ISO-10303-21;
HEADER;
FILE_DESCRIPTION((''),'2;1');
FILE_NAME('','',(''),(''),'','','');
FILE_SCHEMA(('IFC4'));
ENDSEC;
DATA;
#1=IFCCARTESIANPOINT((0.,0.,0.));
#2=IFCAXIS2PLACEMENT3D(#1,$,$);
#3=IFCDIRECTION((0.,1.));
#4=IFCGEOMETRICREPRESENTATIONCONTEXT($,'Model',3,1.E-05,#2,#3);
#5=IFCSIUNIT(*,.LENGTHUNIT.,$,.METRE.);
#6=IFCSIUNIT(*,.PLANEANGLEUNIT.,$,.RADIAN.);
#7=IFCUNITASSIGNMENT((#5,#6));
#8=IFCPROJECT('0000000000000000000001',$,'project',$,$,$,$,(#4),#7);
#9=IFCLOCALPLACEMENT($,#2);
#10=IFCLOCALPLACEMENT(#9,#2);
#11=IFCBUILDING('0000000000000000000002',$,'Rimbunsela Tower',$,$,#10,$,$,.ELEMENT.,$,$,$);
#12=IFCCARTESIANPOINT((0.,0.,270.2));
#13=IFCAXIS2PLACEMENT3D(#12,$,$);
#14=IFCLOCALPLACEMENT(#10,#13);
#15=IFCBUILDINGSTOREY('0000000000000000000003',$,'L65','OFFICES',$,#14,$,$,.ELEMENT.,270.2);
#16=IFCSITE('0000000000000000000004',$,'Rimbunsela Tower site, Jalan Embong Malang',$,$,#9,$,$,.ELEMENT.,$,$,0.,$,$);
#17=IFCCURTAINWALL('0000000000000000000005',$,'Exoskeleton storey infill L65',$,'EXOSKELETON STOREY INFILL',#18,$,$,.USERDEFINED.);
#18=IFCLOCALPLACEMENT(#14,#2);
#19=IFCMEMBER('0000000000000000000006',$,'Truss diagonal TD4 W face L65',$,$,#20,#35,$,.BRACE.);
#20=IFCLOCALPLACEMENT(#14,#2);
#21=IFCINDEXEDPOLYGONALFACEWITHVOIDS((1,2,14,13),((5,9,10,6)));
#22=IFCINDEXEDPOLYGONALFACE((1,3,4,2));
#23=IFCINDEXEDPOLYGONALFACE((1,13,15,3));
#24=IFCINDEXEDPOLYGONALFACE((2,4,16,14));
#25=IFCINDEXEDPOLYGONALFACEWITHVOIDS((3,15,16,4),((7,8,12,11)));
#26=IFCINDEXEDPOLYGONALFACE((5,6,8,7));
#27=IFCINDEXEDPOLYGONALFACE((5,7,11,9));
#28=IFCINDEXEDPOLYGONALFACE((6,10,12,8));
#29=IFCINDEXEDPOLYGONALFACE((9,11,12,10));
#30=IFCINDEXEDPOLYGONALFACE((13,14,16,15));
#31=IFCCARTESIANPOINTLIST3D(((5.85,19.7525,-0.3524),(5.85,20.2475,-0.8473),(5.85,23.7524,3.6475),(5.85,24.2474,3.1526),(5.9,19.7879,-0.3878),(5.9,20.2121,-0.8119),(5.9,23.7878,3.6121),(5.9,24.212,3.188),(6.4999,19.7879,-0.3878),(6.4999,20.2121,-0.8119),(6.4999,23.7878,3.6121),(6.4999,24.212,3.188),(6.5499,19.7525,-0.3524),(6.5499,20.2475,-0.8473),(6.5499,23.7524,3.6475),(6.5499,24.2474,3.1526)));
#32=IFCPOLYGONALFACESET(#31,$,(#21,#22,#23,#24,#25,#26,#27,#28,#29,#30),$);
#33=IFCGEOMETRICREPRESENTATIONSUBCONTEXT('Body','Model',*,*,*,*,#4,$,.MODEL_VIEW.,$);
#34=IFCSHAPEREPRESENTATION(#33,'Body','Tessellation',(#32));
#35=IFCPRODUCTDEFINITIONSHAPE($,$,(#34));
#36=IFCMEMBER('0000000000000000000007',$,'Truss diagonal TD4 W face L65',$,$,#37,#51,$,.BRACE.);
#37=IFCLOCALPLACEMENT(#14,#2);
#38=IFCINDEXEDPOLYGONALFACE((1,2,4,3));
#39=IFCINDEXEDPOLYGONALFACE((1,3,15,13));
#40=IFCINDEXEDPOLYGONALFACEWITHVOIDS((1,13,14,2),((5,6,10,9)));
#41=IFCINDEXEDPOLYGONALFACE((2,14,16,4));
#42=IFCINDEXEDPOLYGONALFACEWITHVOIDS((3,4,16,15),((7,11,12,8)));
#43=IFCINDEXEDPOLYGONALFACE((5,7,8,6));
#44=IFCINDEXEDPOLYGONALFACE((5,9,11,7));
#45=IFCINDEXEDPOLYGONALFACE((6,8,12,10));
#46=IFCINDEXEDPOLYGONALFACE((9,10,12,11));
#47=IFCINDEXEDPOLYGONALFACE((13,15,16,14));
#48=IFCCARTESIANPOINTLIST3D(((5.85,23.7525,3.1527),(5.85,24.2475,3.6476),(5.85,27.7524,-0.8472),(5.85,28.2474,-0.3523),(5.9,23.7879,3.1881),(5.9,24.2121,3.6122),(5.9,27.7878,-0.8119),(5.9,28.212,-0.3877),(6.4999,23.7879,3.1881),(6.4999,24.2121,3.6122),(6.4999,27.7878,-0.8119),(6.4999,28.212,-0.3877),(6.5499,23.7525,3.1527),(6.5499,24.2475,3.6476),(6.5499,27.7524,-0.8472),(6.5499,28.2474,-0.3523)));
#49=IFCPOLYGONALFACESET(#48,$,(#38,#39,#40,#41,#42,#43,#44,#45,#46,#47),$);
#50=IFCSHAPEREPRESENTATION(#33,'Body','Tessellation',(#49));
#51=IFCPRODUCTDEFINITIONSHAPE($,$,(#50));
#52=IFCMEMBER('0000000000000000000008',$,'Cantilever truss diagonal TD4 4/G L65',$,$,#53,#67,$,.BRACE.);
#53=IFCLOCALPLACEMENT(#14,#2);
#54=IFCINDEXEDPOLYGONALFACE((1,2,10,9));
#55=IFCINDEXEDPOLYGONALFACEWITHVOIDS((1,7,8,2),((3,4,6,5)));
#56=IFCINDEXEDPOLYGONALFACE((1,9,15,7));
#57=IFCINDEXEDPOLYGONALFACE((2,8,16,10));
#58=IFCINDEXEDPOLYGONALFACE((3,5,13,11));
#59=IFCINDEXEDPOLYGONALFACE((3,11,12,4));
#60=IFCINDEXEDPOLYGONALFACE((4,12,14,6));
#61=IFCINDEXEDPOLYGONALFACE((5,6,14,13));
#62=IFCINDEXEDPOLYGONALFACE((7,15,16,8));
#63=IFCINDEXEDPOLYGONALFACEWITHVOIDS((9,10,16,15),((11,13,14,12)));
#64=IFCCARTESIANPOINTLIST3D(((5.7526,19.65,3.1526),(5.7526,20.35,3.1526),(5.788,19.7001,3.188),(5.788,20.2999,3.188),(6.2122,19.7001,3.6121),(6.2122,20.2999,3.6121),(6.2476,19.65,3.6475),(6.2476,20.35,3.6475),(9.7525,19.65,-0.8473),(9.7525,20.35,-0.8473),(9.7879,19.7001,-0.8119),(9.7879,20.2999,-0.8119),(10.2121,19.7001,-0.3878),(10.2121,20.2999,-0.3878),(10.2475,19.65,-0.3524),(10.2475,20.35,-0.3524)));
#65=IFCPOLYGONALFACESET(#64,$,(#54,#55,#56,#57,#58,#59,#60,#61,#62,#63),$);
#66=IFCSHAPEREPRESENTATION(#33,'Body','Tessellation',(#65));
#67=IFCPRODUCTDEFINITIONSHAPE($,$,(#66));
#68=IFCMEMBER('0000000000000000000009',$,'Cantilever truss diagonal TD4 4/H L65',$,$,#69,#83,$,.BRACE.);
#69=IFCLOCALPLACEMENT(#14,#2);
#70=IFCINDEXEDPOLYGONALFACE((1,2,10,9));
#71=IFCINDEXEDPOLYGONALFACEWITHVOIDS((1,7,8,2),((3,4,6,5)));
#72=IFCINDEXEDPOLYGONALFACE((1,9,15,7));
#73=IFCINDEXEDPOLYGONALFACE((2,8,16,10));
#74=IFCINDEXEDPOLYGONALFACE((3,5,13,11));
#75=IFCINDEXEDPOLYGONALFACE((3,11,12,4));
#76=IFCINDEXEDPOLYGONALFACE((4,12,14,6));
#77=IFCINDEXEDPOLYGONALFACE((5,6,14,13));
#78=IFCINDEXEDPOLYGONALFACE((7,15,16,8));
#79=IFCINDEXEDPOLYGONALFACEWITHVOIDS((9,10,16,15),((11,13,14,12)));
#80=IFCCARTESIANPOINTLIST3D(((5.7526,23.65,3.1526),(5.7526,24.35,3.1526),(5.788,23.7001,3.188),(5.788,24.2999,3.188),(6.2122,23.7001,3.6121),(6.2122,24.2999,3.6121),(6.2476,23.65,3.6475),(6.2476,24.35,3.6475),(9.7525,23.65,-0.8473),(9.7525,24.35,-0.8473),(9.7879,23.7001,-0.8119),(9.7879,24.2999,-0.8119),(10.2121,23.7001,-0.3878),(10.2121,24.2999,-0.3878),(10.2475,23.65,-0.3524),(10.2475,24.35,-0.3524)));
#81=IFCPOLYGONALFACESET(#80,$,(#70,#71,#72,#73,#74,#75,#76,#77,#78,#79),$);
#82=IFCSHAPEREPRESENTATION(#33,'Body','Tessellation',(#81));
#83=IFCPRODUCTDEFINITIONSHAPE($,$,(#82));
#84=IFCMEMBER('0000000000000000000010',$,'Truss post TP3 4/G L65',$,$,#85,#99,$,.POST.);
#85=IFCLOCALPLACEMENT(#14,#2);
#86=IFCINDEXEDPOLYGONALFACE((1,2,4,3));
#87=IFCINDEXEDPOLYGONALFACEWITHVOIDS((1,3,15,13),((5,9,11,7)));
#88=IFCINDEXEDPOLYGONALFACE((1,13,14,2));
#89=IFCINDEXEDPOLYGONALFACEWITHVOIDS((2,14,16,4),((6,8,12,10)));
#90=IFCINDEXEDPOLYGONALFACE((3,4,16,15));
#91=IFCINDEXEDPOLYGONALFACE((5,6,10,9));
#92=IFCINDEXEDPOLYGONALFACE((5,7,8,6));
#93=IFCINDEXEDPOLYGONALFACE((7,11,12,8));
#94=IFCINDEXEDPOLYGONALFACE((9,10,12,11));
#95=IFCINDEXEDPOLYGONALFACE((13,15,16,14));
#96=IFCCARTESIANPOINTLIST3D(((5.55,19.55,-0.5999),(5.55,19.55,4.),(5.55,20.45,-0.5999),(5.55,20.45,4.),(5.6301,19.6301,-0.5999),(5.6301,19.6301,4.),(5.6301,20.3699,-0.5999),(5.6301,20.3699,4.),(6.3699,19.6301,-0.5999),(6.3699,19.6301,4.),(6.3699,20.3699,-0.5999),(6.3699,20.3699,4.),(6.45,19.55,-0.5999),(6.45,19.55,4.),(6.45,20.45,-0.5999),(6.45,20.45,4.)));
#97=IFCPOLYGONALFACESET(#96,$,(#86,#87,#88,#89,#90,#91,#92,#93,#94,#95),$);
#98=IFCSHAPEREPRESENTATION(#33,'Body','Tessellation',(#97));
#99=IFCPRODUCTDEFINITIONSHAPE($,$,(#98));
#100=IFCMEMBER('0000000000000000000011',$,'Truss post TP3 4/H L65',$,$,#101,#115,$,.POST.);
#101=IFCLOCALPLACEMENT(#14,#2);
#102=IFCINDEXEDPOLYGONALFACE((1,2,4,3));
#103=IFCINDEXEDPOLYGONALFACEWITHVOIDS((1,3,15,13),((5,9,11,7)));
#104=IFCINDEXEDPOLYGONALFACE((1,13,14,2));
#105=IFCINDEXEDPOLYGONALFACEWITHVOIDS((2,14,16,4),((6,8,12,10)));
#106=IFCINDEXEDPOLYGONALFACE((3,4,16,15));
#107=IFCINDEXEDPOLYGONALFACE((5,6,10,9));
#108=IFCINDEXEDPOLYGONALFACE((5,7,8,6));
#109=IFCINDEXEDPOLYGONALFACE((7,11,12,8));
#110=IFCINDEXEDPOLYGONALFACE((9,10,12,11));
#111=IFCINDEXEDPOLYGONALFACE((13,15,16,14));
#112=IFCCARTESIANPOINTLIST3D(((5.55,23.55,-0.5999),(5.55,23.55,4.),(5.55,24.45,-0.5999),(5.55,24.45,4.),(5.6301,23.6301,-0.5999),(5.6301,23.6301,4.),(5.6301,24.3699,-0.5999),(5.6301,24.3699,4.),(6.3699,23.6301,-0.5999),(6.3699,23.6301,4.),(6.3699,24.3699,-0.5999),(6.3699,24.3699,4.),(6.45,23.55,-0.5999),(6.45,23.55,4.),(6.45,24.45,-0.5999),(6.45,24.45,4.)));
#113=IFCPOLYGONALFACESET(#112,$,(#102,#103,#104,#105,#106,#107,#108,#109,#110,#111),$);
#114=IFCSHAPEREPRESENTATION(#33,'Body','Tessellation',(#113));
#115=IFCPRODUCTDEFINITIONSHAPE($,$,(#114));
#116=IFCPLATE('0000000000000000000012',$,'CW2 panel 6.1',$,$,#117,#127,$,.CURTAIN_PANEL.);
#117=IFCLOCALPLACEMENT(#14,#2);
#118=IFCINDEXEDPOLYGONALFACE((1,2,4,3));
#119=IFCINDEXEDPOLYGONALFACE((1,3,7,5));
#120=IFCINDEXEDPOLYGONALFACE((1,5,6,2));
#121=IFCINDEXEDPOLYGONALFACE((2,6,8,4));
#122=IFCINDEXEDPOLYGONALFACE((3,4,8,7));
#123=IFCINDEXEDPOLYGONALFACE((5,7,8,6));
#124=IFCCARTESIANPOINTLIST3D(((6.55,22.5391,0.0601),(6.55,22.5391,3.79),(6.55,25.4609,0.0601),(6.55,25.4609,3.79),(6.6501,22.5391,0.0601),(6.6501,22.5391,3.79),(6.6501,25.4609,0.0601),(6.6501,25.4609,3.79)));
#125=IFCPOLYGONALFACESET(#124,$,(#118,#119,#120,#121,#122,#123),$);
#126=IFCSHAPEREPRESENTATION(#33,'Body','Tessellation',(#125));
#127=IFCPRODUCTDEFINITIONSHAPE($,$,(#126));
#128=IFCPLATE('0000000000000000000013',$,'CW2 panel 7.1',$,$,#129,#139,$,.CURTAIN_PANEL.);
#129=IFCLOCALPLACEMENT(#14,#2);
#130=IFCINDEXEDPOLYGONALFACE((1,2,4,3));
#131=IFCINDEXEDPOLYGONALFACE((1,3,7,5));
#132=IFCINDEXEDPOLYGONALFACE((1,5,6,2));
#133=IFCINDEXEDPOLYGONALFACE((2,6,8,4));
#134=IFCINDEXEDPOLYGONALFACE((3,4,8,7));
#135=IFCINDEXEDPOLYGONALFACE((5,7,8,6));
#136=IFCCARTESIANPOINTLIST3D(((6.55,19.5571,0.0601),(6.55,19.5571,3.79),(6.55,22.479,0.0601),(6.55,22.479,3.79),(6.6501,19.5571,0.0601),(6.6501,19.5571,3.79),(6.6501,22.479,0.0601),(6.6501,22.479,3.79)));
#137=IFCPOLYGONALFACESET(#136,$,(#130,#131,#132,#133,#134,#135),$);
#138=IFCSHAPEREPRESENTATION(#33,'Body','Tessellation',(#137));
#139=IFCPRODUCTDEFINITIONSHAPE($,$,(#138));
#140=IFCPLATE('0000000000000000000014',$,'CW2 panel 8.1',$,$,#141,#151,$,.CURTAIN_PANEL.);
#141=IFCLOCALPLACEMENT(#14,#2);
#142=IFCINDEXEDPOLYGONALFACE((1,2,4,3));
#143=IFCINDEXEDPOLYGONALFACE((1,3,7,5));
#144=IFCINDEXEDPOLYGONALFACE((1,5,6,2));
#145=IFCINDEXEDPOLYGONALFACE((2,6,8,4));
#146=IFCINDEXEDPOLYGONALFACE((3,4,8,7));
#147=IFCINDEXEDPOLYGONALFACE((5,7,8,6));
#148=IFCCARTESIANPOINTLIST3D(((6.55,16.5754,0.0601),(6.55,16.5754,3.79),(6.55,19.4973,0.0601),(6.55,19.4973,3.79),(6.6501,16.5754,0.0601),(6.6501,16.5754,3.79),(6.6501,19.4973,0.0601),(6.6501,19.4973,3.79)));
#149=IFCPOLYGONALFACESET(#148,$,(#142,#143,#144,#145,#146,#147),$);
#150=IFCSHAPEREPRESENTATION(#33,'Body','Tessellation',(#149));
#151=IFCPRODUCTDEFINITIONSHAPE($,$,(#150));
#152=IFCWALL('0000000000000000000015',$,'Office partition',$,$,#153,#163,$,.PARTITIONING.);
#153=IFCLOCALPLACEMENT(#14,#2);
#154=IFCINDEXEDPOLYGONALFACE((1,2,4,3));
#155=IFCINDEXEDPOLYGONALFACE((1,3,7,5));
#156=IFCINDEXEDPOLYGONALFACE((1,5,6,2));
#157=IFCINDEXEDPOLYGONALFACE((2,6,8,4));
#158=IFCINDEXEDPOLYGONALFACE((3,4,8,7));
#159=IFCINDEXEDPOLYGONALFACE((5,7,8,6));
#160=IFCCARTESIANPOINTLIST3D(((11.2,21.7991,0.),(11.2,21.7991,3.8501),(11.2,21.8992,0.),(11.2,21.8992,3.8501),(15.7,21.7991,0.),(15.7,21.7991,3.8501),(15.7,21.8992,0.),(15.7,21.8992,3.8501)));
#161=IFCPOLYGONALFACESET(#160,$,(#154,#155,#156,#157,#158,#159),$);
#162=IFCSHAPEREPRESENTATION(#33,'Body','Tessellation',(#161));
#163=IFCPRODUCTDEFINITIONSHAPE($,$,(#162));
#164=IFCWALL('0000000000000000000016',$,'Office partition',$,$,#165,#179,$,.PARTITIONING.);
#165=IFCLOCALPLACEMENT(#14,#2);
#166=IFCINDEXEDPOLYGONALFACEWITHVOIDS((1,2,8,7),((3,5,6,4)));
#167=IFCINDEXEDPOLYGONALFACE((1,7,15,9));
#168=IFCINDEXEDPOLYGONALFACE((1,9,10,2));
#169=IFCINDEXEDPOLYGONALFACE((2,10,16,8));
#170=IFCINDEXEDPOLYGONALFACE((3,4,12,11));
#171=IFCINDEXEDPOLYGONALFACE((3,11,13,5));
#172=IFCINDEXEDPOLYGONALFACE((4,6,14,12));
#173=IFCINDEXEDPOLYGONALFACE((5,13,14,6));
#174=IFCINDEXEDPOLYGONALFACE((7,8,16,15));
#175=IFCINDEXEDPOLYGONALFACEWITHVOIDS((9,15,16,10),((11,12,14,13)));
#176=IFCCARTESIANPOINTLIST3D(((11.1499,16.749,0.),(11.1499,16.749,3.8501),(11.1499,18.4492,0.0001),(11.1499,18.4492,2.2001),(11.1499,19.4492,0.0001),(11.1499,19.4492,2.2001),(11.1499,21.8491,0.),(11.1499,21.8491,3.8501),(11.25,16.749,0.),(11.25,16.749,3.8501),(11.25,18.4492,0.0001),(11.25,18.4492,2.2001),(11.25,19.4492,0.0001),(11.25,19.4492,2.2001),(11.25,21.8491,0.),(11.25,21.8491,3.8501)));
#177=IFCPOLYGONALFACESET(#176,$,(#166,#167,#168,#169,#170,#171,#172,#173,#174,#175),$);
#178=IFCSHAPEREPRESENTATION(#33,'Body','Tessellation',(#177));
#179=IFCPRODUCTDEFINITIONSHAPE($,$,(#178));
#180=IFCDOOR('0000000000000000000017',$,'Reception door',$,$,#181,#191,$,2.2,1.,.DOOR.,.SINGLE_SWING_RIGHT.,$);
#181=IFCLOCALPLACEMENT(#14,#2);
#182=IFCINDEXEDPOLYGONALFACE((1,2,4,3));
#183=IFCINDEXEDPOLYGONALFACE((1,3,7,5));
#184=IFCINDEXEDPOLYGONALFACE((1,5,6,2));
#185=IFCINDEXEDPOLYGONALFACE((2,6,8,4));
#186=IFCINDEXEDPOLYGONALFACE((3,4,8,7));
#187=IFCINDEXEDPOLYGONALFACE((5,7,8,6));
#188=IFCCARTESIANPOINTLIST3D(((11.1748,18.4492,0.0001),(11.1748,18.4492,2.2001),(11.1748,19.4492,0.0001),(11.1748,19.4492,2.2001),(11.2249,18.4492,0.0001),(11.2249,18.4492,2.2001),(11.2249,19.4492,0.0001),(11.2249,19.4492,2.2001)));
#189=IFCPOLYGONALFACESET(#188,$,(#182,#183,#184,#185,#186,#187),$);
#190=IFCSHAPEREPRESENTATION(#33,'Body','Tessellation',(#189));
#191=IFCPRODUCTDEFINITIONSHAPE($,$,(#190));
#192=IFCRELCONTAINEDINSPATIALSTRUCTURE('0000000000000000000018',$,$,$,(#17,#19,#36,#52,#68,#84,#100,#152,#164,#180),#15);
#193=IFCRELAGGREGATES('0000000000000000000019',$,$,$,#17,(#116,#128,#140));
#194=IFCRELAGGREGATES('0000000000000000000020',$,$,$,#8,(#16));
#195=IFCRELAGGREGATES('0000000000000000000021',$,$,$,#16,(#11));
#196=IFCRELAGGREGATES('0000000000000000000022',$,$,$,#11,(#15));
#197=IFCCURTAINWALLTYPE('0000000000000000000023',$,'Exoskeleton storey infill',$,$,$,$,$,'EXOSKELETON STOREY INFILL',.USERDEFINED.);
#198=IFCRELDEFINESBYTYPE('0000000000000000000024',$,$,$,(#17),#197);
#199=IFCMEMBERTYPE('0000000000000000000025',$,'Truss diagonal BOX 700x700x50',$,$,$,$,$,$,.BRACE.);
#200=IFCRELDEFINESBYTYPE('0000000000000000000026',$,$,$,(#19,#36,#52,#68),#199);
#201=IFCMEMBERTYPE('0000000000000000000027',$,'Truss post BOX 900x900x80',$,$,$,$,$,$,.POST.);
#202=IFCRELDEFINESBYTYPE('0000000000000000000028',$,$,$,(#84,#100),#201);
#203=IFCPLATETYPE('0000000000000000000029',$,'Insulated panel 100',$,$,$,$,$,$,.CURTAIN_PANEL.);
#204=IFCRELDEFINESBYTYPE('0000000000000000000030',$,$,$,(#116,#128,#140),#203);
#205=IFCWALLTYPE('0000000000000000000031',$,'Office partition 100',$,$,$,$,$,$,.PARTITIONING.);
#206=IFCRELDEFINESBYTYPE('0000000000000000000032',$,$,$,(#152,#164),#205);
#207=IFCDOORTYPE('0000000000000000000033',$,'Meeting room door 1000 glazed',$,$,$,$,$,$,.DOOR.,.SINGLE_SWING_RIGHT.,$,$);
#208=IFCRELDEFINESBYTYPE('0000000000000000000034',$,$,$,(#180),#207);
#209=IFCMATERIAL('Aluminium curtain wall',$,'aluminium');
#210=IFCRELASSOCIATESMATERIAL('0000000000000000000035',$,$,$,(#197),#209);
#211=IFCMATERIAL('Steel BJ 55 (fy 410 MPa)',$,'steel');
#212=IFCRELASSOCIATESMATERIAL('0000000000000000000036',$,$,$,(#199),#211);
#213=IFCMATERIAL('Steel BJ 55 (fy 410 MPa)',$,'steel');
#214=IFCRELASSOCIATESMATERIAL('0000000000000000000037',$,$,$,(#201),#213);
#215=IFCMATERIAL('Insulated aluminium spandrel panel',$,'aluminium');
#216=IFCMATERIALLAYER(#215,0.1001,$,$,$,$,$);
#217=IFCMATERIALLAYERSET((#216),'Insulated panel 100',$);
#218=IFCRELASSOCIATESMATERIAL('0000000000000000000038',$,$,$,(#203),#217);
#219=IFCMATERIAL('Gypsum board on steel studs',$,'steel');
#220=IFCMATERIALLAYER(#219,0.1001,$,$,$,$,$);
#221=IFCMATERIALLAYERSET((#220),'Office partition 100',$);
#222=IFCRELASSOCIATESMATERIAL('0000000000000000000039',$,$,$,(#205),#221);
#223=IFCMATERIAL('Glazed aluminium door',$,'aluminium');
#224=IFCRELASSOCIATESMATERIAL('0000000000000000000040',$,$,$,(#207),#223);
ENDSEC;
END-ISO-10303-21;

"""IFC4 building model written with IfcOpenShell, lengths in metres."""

from ifc_helpers import new_model, si_unit, direction, frame, frame_2d, origin, origin_2d, place, context, subcontext, project, spatial, rectangle, hollow_rectangle, extrude, material, layer, layer_set, material_profile, profile_set, type_object, element, fill, aggregate, save


model = new_model("IFC4")

# Units and contexts
model_context = context("Model", 3, precision=1e-05, world=origin(), true_north=direction((0.0, 1.0)))
body_context = subcontext(model_context, "Body", "Model", "MODEL_VIEW")
ifc_project = project(units=[si_unit("LENGTHUNIT", "METRE"), si_unit("PLANEANGLEUNIT", "RADIAN")], contexts=[model_context])

# Site, building, storey
site_placement = place(None, origin())
site = spatial("IfcSite", under=ifc_project, at=site_placement, Name="Rimbunsela Tower site, Jalan Embong Malang", CompositionType="ELEMENT", RefElevation=0.0)
building_placement = place(site_placement, origin())
building = spatial("IfcBuilding", under=site, at=building_placement, Name="Rimbunsela Tower", CompositionType="ELEMENT")
storey_placement = place(building_placement, frame((0.0, 0.0, 270.2)))
storey = spatial("IfcBuildingStorey", under=building, at=storey_placement, Name="L65", Description="OFFICES", CompositionType="ELEMENT", Elevation=270.2)

# Curtain wall
ifc_material_1 = material(Name="Aluminium curtain wall", Category="aluminium")
curtain_wall_type = type_object("IfcCurtainWallType", Name="Exoskeleton storey infill", ElementType="EXOSKELETON STOREY INFILL", PredefinedType="USERDEFINED", material=ifc_material_1)
curtain_wall_placement = place(storey_placement, origin())
curtain_wall = element("IfcCurtainWall", 1, at=curtain_wall_placement, inside=storey, type_object=curtain_wall_type, Name="Exoskeleton storey infill L65", ObjectType="EXOSKELETON STOREY INFILL", PredefinedType="USERDEFINED")

# Members
ifc_material_2 = material(Name="Steel BJ 55 (fy 410 MPa)", Category="steel")
ifc_material_profile_1 = material_profile(ifc_material_2, hollow_rectangle(XDim=0.7, YDim=0.7, WallThickness=0.05, at=origin_2d()), Name="BOX 700x700x50")
ifc_profile_set_1 = profile_set([ifc_material_profile_1], Name="Steel BJ 55 (fy 410 MPa)")
member_type_1 = type_object("IfcMemberType", Name="Truss diagonal BOX 700x700x50", PredefinedType="BRACE", material=ifc_profile_set_1)
for number, where, z_axis, x_axis, name in (
    (2, (6.2, 20.0, -0.5999), (0.0, 0.707107, 0.707107), (-1.0, 0.0, 0.0), "Truss diagonal TD4 W face L65"),
    (3, (6.2, 24.0, 3.4001), (0.0, 0.707107, -0.707107), (-1.0, 0.0, 0.0), "Truss diagonal TD4 W face L65"),
    (4, (10.0, 20.0, -0.5999), (-0.707107, 0.0, 0.707107), (0.0, -1.0, 0.0), "Cantilever truss diagonal TD4 4/G L65"),
    (5, (10.0, 24.0, -0.5999), (-0.707107, 0.0, 0.707107), (0.0, -1.0, 0.0), "Cantilever truss diagonal TD4 4/H L65"),
):
    element("IfcMember", number, at=place(storey_placement, frame(where, z_axis=z_axis, x_axis=x_axis)), inside=storey, type_object=member_type_1, Name=name, PredefinedType="BRACE", context=body_context, shape_type="SweptSolid", body=[
        extrude(hollow_rectangle(XDim=0.7, YDim=0.7, WallThickness=0.05, at=origin_2d()), origin(), (0.0, 0.0, 1.0), 5.6567),
    ])
ifc_material_3 = material(Name="Steel BJ 55 (fy 410 MPa)", Category="steel")
ifc_material_profile_2 = material_profile(ifc_material_3, hollow_rectangle(XDim=0.8999, YDim=0.8999, WallThickness=0.0801, at=origin_2d()), Name="BOX 900x900x80")
ifc_profile_set_2 = profile_set([ifc_material_profile_2], Name="Steel BJ 55 (fy 410 MPa)")
member_type_2 = type_object("IfcMemberType", Name="Truss post BOX 900x900x80", PredefinedType="POST", material=ifc_profile_set_2)
for number, where, z_axis, x_axis, name in (
    (6, (6.0, 20.0, -0.5999), (0.0, 0.0, 1.0), (1.0, 0.0, 0.0), "Truss post TP3 4/G L65"),
    (7, (6.0, 24.0, -0.5999), (0.0, 0.0, 1.0), (1.0, 0.0, 0.0), "Truss post TP3 4/H L65"),
):
    element("IfcMember", number, at=place(storey_placement, frame(where, z_axis=z_axis, x_axis=x_axis)), inside=storey, type_object=member_type_2, Name=name, PredefinedType="POST", context=body_context, shape_type="SweptSolid", body=[
        extrude(hollow_rectangle(XDim=0.8999, YDim=0.8999, WallThickness=0.0801, at=origin_2d()), origin(), (0.0, 0.0, 1.0), 4.5999),
    ])

# Plates
ifc_material_4 = material(Name="Insulated aluminium spandrel panel", Category="aluminium")
ifc_layer_1 = layer(ifc_material_4, 0.1001)
ifc_layer_set_1 = layer_set([ifc_layer_1], Name="Insulated panel 100")
plate_type = type_object("IfcPlateType", Name="Insulated panel 100", PredefinedType="CURTAIN_PANEL", material=ifc_layer_set_1)
plate_1_placement = place(storey_placement, frame((6.6001, 24.0, 0.0601), z_axis=(0.0, 0.0, 1.0), x_axis=(0.0, -1.0, 0.0)))
plate_1 = element("IfcPlate", 8, at=plate_1_placement, type_object=plate_type, Name="CW2 panel 6.1", PredefinedType="CURTAIN_PANEL", context=body_context, shape_type="SweptSolid", body=[
    extrude(rectangle(XDim=2.9219, YDim=0.1001, at=origin_2d()), origin(), (0.0, 0.0, 1.0), 3.73),
])
plate_2_placement = place(storey_placement, frame((6.6001, 21.0181, 0.0601), z_axis=(0.0, 0.0, 1.0), x_axis=(0.0, -1.0, 0.0)))
plate_2 = element("IfcPlate", 9, at=plate_2_placement, type_object=plate_type, Name="CW2 panel 7.1", PredefinedType="CURTAIN_PANEL", context=body_context, shape_type="SweptSolid", body=[
    extrude(rectangle(XDim=2.9219, YDim=0.1001, at=origin_2d()), origin(), (0.0, 0.0, 1.0), 3.73),
])
plate_3_placement = place(storey_placement, frame((6.6001, 18.0364, 0.0601), z_axis=(0.0, 0.0, 1.0), x_axis=(0.0, -1.0, 0.0)))
plate_3 = element("IfcPlate", 10, at=plate_3_placement, type_object=plate_type, Name="CW2 panel 8.1", PredefinedType="CURTAIN_PANEL", context=body_context, shape_type="SweptSolid", body=[
    extrude(rectangle(XDim=2.9219, YDim=0.1001, at=origin_2d()), origin(), (0.0, 0.0, 1.0), 3.73),
])
aggregate(curtain_wall, [plate_1, plate_2, plate_3])

# Wall
ifc_material_5 = material(Name="Gypsum board on steel studs", Category="steel")
ifc_layer_2 = layer(ifc_material_5, 0.1001)
ifc_layer_set_2 = layer_set([ifc_layer_2], Name="Office partition 100")
wall_type_1 = type_object("IfcWallType", Name="Office partition 100", PredefinedType="PARTITIONING", material=ifc_layer_set_2)
wall_1_placement = place(storey_placement, frame((15.7, 21.8491, 0.0), z_axis=(0.0, 0.0, 1.0), x_axis=(-1.0, 0.0, 0.0)))
element("IfcWall", 11, at=wall_1_placement, inside=storey, type_object=wall_type_1, Name="Office partition", PredefinedType="PARTITIONING", context=body_context, shape_type="SweptSolid", body=[
    extrude(rectangle(XDim=4.5, YDim=0.1001, at=frame_2d((2.25, 0.0))), origin(), (0.0, 0.0, 1.0), 3.8501),
])

# Wall, opening, door
wall_2_placement = place(storey_placement, frame((11.2, 21.8491, 0.0), z_axis=(0.0, 0.0, 1.0), x_axis=(0.0, -1.0, 0.0)))
wall_2 = element("IfcWall", 12, at=wall_2_placement, inside=storey, type_object=wall_type_1, Name="Office partition", PredefinedType="PARTITIONING", context=body_context, shape_type="SweptSolid", body=[
    extrude(rectangle(XDim=5.1001, YDim=0.1001, at=frame_2d((2.55, 0.0))), origin(), (0.0, 0.0, 1.0), 3.8501),
])
opening_placement = place(wall_2_placement, frame((2.3999, 0.0, 0.0)))
opening = element("IfcOpeningElement", 13, at=opening_placement, cuts=wall_2, PredefinedType="OPENING", context=body_context, shape_type="SweptSolid", body=[
    extrude(rectangle(XDim=1.0, YDim=2.2, at=frame_2d((0.5, 1.1001))), frame((0.0, 0.0601, 0.0), z_axis=(0.0, -1.0, 0.0), x_axis=(1.0, 0.0, 0.0)), (0.0, 0.0, 1.0), 0.1201),
])
ifc_material_6 = material(Name="Glazed aluminium door", Category="aluminium")
door_type = type_object("IfcDoorType", Name="Meeting room door 1000 glazed", OperationType="SINGLE_SWING_RIGHT", PredefinedType="DOOR", material=ifc_material_6)
door_placement = place(opening_placement, origin())
door = element("IfcDoor", 14, at=door_placement, inside=storey, type_object=door_type, Name="Reception door", OperationType="SINGLE_SWING_RIGHT", OverallHeight=2.2, OverallWidth=1.0, PredefinedType="DOOR", context=body_context, shape_type="SweptSolid", body=[
    extrude(rectangle(XDim=1.0, YDim=2.2, at=frame_2d((0.5, 1.1001))), frame((0.0, 0.0249, 0.0), z_axis=(0.0, -1.0, 0.0), x_axis=(1.0, 0.0, 0.0)), (0.0, 0.0, 1.0), 0.05),
])
fill(opening, door)

save(model, "model.ifc")
